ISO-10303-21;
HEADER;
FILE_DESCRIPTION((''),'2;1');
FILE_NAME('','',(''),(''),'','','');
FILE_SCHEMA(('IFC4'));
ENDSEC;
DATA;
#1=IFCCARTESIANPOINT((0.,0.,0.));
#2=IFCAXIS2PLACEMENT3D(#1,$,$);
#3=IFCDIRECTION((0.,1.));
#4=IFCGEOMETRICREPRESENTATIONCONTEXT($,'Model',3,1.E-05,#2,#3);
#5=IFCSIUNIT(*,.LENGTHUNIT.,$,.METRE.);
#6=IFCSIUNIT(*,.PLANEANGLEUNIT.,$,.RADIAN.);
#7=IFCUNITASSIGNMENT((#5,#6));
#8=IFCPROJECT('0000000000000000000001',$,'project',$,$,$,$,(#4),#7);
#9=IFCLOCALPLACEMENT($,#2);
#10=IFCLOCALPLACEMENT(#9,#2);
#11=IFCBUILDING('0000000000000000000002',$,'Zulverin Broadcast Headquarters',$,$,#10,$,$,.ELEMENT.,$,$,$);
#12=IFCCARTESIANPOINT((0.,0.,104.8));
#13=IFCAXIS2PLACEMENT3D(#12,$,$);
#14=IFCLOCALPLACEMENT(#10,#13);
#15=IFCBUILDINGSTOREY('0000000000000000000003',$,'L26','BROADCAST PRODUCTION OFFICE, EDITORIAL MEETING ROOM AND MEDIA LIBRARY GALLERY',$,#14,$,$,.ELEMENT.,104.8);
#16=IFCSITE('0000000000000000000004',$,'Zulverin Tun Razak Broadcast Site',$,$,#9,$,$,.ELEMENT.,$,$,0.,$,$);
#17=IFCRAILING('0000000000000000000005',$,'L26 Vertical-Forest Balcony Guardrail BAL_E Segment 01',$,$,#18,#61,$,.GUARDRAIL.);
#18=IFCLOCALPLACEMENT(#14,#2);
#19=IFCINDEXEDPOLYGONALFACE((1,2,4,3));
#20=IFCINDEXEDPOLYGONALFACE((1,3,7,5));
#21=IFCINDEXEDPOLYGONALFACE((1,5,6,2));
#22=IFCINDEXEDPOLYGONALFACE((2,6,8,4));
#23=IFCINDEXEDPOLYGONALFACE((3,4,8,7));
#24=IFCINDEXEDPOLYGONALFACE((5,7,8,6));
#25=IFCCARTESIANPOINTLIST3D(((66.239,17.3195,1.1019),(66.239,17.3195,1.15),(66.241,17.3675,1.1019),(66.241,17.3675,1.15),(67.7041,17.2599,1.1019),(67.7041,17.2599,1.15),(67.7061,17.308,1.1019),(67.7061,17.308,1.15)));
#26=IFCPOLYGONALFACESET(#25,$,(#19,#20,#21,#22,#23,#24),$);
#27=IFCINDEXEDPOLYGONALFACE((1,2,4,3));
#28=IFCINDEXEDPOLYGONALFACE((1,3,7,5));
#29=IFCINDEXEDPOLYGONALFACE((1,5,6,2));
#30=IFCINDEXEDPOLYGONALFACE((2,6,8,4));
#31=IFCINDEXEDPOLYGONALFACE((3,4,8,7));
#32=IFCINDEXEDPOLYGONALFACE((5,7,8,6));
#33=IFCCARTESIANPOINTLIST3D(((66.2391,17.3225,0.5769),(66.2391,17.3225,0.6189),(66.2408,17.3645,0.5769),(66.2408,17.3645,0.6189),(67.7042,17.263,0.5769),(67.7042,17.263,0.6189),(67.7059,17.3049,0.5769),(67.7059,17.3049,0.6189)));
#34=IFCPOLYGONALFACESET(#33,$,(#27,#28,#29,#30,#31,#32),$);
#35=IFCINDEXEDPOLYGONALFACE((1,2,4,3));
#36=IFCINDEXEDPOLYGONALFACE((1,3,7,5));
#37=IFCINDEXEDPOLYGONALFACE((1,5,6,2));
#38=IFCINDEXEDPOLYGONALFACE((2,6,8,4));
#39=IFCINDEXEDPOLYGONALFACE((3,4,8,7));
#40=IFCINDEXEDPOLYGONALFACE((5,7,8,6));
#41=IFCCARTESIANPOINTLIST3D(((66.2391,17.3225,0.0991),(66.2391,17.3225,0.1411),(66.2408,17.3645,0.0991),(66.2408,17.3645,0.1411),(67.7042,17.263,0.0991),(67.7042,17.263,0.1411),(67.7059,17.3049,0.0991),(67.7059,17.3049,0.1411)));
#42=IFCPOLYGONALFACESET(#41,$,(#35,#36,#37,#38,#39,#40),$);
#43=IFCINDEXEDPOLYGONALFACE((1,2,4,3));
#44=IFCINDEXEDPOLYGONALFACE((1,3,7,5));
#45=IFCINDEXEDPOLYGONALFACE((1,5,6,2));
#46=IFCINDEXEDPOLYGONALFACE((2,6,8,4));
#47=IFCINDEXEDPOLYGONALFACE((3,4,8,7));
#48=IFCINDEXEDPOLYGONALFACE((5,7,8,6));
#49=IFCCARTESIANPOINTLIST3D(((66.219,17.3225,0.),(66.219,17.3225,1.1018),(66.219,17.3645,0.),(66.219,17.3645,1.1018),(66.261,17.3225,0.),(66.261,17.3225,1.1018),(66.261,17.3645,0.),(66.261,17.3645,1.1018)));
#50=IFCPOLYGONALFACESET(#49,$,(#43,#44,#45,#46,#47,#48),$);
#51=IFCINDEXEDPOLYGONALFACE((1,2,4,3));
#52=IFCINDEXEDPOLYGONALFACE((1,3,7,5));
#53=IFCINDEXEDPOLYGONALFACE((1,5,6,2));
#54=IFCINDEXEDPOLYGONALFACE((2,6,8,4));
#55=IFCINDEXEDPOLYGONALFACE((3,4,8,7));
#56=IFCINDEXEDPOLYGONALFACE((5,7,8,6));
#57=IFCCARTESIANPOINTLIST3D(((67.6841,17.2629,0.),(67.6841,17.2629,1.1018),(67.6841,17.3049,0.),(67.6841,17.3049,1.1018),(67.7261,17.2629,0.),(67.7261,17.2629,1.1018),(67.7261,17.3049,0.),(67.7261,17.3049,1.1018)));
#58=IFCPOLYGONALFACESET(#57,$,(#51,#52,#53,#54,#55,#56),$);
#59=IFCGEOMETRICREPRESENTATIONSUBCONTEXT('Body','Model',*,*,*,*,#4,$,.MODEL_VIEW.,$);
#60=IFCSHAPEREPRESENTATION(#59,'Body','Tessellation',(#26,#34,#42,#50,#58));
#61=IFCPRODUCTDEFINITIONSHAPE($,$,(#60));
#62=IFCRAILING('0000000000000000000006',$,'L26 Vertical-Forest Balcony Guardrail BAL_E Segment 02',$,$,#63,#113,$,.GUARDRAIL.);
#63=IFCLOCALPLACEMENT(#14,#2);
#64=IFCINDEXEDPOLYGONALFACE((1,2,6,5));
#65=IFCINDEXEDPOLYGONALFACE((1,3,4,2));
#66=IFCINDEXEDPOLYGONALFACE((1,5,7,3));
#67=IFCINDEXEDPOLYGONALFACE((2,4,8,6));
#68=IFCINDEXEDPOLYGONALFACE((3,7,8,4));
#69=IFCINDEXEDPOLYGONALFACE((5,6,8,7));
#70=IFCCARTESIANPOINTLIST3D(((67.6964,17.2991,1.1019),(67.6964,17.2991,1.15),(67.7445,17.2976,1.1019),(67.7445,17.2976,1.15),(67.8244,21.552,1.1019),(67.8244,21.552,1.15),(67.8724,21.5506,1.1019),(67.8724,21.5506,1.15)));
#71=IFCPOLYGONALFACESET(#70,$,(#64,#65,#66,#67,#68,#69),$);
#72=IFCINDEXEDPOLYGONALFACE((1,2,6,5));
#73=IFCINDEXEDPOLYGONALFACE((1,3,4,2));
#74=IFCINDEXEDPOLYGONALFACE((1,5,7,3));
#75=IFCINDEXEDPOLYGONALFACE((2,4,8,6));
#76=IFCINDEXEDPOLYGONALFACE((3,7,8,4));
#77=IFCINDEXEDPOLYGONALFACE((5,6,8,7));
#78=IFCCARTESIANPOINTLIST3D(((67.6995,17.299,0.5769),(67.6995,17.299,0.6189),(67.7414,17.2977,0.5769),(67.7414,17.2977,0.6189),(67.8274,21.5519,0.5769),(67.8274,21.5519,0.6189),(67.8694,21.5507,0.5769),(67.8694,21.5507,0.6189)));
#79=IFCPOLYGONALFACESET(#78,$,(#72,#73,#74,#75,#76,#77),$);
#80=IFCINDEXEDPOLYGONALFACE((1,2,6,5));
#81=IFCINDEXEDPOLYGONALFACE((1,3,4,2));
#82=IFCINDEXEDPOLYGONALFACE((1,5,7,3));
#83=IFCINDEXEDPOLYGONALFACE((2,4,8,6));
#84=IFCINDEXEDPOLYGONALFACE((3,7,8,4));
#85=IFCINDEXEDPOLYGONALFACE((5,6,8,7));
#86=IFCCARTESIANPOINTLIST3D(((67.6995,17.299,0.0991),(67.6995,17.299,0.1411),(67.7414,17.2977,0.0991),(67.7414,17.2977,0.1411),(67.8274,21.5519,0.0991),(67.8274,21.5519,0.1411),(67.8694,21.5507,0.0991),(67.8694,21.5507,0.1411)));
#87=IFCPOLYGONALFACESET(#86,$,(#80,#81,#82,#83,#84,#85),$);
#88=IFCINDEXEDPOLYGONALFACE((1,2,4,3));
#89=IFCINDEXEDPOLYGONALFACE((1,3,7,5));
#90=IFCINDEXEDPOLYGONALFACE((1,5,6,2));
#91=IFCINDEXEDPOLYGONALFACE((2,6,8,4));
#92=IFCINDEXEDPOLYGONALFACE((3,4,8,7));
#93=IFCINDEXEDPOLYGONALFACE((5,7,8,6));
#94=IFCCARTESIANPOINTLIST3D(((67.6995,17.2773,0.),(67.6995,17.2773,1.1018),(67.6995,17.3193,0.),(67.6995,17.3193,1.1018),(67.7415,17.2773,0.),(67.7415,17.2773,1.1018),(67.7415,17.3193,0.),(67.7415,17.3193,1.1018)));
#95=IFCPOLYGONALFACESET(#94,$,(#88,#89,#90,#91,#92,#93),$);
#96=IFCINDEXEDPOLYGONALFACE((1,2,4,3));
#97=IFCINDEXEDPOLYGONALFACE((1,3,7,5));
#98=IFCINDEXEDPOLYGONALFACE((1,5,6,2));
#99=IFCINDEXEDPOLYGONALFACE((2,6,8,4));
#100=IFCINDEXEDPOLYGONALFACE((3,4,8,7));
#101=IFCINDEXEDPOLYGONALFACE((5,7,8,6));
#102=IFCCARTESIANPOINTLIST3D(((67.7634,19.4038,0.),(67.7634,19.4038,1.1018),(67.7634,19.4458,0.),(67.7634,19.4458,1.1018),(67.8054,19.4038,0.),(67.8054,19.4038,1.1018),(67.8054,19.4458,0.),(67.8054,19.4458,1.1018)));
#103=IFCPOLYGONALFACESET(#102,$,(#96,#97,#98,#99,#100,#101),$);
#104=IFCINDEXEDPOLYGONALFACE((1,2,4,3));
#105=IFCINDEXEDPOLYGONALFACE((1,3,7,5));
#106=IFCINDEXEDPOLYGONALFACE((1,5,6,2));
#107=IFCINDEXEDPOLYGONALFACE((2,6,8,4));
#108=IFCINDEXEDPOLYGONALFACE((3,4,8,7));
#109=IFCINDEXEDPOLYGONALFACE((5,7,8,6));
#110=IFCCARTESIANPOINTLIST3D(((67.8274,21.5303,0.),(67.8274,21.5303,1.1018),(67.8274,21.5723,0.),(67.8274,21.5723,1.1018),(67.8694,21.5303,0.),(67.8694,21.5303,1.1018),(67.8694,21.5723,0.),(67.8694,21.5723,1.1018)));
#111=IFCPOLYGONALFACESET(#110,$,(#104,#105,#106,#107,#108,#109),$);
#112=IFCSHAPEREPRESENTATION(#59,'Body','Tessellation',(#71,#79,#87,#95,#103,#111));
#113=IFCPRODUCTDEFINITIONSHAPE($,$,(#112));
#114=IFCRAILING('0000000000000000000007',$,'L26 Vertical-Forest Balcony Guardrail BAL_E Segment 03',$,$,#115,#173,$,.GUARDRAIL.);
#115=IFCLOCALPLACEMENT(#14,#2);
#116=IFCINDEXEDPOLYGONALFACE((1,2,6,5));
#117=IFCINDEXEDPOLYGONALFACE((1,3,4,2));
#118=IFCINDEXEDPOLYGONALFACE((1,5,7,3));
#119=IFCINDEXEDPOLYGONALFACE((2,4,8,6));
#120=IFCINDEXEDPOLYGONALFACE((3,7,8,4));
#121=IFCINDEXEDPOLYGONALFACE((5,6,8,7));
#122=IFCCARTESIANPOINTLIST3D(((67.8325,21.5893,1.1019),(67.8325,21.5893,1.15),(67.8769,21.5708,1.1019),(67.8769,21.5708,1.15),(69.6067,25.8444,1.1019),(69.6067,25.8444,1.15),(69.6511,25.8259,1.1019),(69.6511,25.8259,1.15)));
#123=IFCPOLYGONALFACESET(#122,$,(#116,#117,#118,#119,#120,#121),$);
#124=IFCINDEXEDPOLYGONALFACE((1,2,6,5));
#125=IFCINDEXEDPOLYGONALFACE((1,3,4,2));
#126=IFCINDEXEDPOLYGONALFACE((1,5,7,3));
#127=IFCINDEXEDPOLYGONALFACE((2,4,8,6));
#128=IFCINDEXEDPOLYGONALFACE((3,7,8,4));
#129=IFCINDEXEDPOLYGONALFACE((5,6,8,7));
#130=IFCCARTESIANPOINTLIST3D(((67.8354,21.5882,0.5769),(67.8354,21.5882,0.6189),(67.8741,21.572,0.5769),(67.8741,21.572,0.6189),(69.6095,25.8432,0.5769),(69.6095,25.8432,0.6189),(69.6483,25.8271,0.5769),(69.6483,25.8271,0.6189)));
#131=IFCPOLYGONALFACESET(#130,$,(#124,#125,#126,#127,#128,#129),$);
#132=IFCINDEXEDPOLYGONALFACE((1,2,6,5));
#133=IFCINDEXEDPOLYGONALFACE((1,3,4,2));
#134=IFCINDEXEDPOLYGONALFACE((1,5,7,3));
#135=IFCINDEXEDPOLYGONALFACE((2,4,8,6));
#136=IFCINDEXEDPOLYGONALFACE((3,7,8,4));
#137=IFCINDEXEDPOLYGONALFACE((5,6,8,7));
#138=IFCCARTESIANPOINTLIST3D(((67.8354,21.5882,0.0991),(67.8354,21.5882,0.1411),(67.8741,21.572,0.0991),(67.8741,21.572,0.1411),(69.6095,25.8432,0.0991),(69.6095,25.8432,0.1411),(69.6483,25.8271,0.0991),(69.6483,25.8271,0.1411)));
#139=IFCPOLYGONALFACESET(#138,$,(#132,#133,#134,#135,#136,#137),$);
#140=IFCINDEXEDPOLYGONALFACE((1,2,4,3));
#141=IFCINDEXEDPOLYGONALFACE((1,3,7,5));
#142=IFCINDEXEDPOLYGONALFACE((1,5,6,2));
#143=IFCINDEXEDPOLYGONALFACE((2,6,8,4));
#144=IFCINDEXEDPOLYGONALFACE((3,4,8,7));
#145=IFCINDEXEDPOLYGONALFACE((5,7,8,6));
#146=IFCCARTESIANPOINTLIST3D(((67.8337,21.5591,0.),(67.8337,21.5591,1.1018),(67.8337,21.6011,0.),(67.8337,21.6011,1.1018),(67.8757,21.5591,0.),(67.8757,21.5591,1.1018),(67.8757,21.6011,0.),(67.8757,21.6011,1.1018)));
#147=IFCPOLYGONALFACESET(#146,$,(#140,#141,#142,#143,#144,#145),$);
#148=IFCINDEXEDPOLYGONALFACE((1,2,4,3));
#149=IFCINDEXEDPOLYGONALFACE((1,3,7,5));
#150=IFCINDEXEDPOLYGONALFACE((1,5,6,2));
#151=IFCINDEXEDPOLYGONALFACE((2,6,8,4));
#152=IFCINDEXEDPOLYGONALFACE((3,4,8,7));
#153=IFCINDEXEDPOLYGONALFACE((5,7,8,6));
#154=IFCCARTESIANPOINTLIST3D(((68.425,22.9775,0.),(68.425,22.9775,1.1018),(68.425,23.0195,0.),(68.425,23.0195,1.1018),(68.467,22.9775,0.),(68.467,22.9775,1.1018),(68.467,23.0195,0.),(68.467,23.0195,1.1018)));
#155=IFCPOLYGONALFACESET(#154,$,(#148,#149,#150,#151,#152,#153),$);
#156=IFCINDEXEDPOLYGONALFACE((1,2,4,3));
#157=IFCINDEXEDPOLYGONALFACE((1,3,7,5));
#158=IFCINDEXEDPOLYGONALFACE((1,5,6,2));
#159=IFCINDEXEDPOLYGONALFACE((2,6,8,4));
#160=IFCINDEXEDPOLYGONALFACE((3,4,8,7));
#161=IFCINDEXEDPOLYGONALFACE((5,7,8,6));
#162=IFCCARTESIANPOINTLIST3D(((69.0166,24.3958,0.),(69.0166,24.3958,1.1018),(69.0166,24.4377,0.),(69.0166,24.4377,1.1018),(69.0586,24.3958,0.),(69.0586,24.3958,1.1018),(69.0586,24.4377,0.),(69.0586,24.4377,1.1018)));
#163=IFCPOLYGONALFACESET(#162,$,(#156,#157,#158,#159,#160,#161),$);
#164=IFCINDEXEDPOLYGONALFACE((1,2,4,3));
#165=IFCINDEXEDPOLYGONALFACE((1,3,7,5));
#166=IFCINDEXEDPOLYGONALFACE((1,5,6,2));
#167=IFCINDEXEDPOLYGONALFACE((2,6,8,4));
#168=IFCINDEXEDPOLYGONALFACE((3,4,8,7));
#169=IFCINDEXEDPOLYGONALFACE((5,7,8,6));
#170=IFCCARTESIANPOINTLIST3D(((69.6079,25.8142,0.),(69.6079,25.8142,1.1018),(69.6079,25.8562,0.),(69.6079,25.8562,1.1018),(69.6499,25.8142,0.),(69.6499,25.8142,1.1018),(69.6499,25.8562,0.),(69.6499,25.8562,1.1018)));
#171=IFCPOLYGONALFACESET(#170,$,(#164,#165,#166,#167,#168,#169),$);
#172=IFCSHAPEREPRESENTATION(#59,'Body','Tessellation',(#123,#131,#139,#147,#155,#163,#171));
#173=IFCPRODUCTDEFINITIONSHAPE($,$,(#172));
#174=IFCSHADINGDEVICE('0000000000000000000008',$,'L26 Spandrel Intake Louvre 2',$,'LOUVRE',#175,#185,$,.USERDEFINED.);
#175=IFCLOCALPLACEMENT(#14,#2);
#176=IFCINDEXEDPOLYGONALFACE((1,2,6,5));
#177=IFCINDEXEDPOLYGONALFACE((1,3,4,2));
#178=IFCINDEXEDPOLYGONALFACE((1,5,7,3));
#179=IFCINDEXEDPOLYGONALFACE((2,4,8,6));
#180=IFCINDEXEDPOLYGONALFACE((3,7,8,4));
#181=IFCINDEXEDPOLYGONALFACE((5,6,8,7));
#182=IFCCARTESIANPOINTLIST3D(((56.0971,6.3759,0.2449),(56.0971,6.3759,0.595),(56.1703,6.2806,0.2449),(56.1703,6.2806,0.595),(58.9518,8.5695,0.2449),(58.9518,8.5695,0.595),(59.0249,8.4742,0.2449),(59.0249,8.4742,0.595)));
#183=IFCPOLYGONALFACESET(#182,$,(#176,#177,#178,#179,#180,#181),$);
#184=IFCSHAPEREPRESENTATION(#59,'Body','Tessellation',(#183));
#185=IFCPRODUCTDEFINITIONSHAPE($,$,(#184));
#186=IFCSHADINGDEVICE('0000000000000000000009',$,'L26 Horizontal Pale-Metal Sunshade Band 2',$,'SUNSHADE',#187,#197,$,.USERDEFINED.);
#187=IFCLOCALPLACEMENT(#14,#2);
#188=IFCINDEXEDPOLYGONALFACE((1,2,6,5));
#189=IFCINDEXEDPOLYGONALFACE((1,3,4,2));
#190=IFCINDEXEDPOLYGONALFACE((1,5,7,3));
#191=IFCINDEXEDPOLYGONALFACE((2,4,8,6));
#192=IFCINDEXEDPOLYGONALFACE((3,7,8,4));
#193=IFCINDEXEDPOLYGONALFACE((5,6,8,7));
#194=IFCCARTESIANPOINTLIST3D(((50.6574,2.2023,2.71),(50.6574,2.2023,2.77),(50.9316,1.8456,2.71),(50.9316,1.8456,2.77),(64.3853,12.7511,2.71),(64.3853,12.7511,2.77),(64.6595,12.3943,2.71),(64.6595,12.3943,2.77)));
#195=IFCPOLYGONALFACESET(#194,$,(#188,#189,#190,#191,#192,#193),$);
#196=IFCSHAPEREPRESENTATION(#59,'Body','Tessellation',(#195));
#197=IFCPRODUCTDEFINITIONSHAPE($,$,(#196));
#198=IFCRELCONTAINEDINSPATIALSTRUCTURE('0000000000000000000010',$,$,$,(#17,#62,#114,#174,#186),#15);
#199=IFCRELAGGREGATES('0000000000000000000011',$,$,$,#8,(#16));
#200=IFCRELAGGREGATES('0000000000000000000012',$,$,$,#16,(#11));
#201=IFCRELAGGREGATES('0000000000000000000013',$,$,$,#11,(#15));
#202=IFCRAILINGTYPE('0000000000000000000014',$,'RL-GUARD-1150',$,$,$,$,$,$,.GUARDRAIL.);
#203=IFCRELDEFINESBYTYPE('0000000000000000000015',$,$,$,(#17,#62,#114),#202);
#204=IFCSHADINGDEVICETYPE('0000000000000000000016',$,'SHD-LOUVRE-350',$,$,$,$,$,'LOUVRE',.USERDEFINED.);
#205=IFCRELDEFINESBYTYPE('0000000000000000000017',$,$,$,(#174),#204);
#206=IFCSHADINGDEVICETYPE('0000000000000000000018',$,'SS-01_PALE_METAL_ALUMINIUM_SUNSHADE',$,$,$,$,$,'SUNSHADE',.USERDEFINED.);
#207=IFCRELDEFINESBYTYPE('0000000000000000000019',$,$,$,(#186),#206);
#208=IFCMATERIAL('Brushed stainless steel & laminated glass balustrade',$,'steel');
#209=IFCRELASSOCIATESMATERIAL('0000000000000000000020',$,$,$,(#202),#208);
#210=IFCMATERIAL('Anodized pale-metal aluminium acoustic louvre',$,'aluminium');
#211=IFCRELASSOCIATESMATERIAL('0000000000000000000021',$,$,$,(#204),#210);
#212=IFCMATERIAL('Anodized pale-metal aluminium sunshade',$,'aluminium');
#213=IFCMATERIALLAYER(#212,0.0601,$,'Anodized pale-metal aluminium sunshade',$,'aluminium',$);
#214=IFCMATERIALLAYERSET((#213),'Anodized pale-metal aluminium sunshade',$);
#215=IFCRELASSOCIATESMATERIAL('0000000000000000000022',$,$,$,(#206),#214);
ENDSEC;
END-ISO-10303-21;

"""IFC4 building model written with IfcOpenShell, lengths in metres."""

from ifc_helpers import new_model, si_unit, direction, frame, origin, origin_2d, place, context, subcontext, project, spatial, rectangle, extrude, material, layer, layer_set, type_object, element, save


model = new_model("IFC4")

# Units and contexts
model_context = context("Model", 3, precision=1e-05, world=origin(), true_north=direction((0.0, 1.0)))
body_context = subcontext(model_context, "Body", "Model", "MODEL_VIEW")
ifc_project = project(units=[si_unit("LENGTHUNIT", "METRE"), si_unit("PLANEANGLEUNIT", "RADIAN")], contexts=[model_context])

# Site, building, storey
site_placement = place(None, origin())
site = spatial("IfcSite", under=ifc_project, at=site_placement, Name="Zulverin Tun Razak Broadcast Site", CompositionType="ELEMENT", RefElevation=0.0)
building_placement = place(site_placement, origin())
building = spatial("IfcBuilding", under=site, at=building_placement, Name="Zulverin Broadcast Headquarters", CompositionType="ELEMENT")
storey_placement = place(building_placement, frame((0.0, 0.0, 104.8)))
storey = spatial("IfcBuildingStorey", under=building, at=storey_placement, Name="L26", Description="BROADCAST PRODUCTION OFFICE, EDITORIAL MEETING ROOM AND MEDIA LIBRARY GALLERY", CompositionType="ELEMENT", Elevation=104.8)

# Railings
ifc_material_1 = material(Name="Brushed stainless steel & laminated glass balustrade", Category="steel")
railing_type = type_object("IfcRailingType", Name="RL-GUARD-1150", PredefinedType="GUARDRAIL", material=ifc_material_1)
railing_1_placement = place(storey_placement, frame((66.24, 17.3435, 0.0)))
element("IfcRailing", 1, at=railing_1_placement, inside=storey, type_object=railing_type, Name="L26 Vertical-Forest Balcony Guardrail BAL_E Segment 01", PredefinedType="GUARDRAIL", context=body_context, shape_type="SweptSolid", body=[
    extrude(rectangle(XDim=0.0481, YDim=0.0481, at=origin_2d()), frame((0.0, 0.0, 1.126), z_axis=(0.999174, -0.040626, 0.0), x_axis=(0.040626, 0.999174, 0.0)), (0.0, 0.0, 1.0), 1.4663),
    extrude(rectangle(XDim=0.042, YDim=0.042, at=origin_2d()), frame((0.0, 0.0, 0.5979), z_axis=(0.999174, -0.040626, 0.0), x_axis=(0.040626, 0.999174, 0.0)), (0.0, 0.0, 1.0), 1.4663),
    extrude(rectangle(XDim=0.042, YDim=0.042, at=origin_2d()), frame((0.0, 0.0, 0.1201), z_axis=(0.999174, -0.040626, 0.0), x_axis=(0.040626, 0.999174, 0.0)), (0.0, 0.0, 1.0), 1.4663),
    extrude(rectangle(XDim=0.042, YDim=0.042, at=origin_2d()), origin(), (0.0, 0.0, 1.0), 1.1018),
    extrude(rectangle(XDim=0.042, YDim=0.042, at=origin_2d()), frame((1.4651, -0.0596, 0.0)), (0.0, 0.0, 1.0), 1.1018),
])
railing_2_placement = place(storey_placement, frame((67.7205, 17.2983, 0.0)))
element("IfcRailing", 2, at=railing_2_placement, inside=storey, type_object=railing_type, Name="L26 Vertical-Forest Balcony Guardrail BAL_E Segment 02", PredefinedType="GUARDRAIL", context=body_context, shape_type="SweptSolid", body=[
    extrude(rectangle(XDim=0.0481, YDim=0.0481, at=origin_2d()), frame((0.0, 0.0, 1.126), z_axis=(0.030067, 0.999548, 0.0), x_axis=(-0.999548, 0.030067, 0.0)), (0.0, 0.0, 1.0), 4.2549),
    extrude(rectangle(XDim=0.042, YDim=0.042, at=origin_2d()), frame((0.0, 0.0, 0.5979), z_axis=(0.030067, 0.999548, 0.0), x_axis=(-0.999548, 0.030067, 0.0)), (0.0, 0.0, 1.0), 4.2549),
    extrude(rectangle(XDim=0.042, YDim=0.042, at=origin_2d()), frame((0.0, 0.0, 0.1201), z_axis=(0.030067, 0.999548, 0.0), x_axis=(-0.999548, 0.030067, 0.0)), (0.0, 0.0, 1.0), 4.2549),
    extrude(rectangle(XDim=0.042, YDim=0.042, at=origin_2d()), origin(), (0.0, 0.0, 1.0), 1.1018),
    extrude(rectangle(XDim=0.042, YDim=0.042, at=origin_2d()), frame((0.064, 2.1265, 0.0)), (0.0, 0.0, 1.0), 1.1018),
    extrude(rectangle(XDim=0.042, YDim=0.042, at=origin_2d()), frame((0.1279, 4.2529, 0.0)), (0.0, 0.0, 1.0), 1.1018),
])
railing_3_placement = place(storey_placement, frame((67.8547, 21.5801, 0.0)))
element("IfcRailing", 3, at=railing_3_placement, inside=storey, type_object=railing_type, Name="L26 Vertical-Forest Balcony Guardrail BAL_E Segment 03", PredefinedType="GUARDRAIL", context=body_context, shape_type="SweptSolid", body=[
    extrude(rectangle(XDim=0.0481, YDim=0.0481, at=origin_2d()), frame((0.0, 0.0, 1.126), z_axis=(0.384837, 0.922984, 0.0), x_axis=(-0.922984, 0.384837, 0.0)), (0.0, 0.0, 1.0), 4.6101),
    extrude(rectangle(XDim=0.042, YDim=0.042, at=origin_2d()), frame((0.0, 0.0, 0.5979), z_axis=(0.384837, 0.922984, 0.0), x_axis=(-0.922984, 0.384837, 0.0)), (0.0, 0.0, 1.0), 4.6101),
    extrude(rectangle(XDim=0.042, YDim=0.042, at=origin_2d()), frame((0.0, 0.0, 0.1201), z_axis=(0.384837, 0.922984, 0.0), x_axis=(-0.922984, 0.384837, 0.0)), (0.0, 0.0, 1.0), 4.6101),
    extrude(rectangle(XDim=0.042, YDim=0.042, at=origin_2d()), origin(), (0.0, 0.0, 1.0), 1.1018),
    extrude(rectangle(XDim=0.042, YDim=0.042, at=origin_2d()), frame((0.5913, 1.4185, 0.0)), (0.0, 0.0, 1.0), 1.1018),
    extrude(rectangle(XDim=0.042, YDim=0.042, at=origin_2d()), frame((1.1829, 2.8367, 0.0)), (0.0, 0.0, 1.0), 1.1018),
    extrude(rectangle(XDim=0.042, YDim=0.042, at=origin_2d()), frame((1.7742, 4.2551, 0.0)), (0.0, 0.0, 1.0), 1.1018),
])

# Shading devices
ifc_material_2 = material(Name="Anodized pale-metal aluminium acoustic louvre", Category="aluminium")
shading_device_type_1 = type_object("IfcShadingDeviceType", Name="SHD-LOUVRE-350", ElementType="LOUVRE", PredefinedType="USERDEFINED", material=ifc_material_2)
shading_device_1_placement = place(storey_placement, frame((57.561, 7.425, 0.2449), z_axis=(0.0, 0.0, 1.0), x_axis=(0.792933, 0.609308, 0.0)))
element("IfcShadingDevice", 4, at=shading_device_1_placement, inside=storey, type_object=shading_device_type_1, Name="L26 Spandrel Intake Louvre 2", ObjectType="LOUVRE", PredefinedType="USERDEFINED", context=body_context, shape_type="SweptSolid", body=[
    extrude(rectangle(XDim=3.6001, YDim=0.1201, at=origin_2d()), origin(), (0.0, 0.0, 1.0), 0.3501),
])
ifc_material_3 = material(Name="Anodized pale-metal aluminium sunshade", Category="aluminium")
ifc_layer_1 = layer(ifc_material_3, 0.0601, Name="Anodized pale-metal aluminium sunshade", Category="aluminium")
ifc_layer_set_1 = layer_set([ifc_layer_1], Name="Anodized pale-metal aluminium sunshade")
shading_device_type_2 = type_object("IfcShadingDeviceType", Name="SS-01_PALE_METAL_ALUMINIUM_SUNSHADE", ElementType="SUNSHADE", PredefinedType="USERDEFINED", material=ifc_layer_set_1)
shading_device_2_placement = place(storey_placement, frame((57.6584, 7.2983, 2.71), z_axis=(0.0, 0.0, 1.0), x_axis=(0.792933, 0.609308, 0.0)))
element("IfcShadingDevice", 5, at=shading_device_2_placement, inside=storey, type_object=shading_device_type_2, Name="L26 Horizontal Pale-Metal Sunshade Band 2", ObjectType="SUNSHADE", PredefinedType="USERDEFINED", context=body_context, shape_type="SweptSolid", body=[
    extrude(rectangle(XDim=17.3127, YDim=0.45, at=origin_2d()), origin(), (0.0, 0.0, 1.0), 0.0601),
])

save(model, "model.ifc")
